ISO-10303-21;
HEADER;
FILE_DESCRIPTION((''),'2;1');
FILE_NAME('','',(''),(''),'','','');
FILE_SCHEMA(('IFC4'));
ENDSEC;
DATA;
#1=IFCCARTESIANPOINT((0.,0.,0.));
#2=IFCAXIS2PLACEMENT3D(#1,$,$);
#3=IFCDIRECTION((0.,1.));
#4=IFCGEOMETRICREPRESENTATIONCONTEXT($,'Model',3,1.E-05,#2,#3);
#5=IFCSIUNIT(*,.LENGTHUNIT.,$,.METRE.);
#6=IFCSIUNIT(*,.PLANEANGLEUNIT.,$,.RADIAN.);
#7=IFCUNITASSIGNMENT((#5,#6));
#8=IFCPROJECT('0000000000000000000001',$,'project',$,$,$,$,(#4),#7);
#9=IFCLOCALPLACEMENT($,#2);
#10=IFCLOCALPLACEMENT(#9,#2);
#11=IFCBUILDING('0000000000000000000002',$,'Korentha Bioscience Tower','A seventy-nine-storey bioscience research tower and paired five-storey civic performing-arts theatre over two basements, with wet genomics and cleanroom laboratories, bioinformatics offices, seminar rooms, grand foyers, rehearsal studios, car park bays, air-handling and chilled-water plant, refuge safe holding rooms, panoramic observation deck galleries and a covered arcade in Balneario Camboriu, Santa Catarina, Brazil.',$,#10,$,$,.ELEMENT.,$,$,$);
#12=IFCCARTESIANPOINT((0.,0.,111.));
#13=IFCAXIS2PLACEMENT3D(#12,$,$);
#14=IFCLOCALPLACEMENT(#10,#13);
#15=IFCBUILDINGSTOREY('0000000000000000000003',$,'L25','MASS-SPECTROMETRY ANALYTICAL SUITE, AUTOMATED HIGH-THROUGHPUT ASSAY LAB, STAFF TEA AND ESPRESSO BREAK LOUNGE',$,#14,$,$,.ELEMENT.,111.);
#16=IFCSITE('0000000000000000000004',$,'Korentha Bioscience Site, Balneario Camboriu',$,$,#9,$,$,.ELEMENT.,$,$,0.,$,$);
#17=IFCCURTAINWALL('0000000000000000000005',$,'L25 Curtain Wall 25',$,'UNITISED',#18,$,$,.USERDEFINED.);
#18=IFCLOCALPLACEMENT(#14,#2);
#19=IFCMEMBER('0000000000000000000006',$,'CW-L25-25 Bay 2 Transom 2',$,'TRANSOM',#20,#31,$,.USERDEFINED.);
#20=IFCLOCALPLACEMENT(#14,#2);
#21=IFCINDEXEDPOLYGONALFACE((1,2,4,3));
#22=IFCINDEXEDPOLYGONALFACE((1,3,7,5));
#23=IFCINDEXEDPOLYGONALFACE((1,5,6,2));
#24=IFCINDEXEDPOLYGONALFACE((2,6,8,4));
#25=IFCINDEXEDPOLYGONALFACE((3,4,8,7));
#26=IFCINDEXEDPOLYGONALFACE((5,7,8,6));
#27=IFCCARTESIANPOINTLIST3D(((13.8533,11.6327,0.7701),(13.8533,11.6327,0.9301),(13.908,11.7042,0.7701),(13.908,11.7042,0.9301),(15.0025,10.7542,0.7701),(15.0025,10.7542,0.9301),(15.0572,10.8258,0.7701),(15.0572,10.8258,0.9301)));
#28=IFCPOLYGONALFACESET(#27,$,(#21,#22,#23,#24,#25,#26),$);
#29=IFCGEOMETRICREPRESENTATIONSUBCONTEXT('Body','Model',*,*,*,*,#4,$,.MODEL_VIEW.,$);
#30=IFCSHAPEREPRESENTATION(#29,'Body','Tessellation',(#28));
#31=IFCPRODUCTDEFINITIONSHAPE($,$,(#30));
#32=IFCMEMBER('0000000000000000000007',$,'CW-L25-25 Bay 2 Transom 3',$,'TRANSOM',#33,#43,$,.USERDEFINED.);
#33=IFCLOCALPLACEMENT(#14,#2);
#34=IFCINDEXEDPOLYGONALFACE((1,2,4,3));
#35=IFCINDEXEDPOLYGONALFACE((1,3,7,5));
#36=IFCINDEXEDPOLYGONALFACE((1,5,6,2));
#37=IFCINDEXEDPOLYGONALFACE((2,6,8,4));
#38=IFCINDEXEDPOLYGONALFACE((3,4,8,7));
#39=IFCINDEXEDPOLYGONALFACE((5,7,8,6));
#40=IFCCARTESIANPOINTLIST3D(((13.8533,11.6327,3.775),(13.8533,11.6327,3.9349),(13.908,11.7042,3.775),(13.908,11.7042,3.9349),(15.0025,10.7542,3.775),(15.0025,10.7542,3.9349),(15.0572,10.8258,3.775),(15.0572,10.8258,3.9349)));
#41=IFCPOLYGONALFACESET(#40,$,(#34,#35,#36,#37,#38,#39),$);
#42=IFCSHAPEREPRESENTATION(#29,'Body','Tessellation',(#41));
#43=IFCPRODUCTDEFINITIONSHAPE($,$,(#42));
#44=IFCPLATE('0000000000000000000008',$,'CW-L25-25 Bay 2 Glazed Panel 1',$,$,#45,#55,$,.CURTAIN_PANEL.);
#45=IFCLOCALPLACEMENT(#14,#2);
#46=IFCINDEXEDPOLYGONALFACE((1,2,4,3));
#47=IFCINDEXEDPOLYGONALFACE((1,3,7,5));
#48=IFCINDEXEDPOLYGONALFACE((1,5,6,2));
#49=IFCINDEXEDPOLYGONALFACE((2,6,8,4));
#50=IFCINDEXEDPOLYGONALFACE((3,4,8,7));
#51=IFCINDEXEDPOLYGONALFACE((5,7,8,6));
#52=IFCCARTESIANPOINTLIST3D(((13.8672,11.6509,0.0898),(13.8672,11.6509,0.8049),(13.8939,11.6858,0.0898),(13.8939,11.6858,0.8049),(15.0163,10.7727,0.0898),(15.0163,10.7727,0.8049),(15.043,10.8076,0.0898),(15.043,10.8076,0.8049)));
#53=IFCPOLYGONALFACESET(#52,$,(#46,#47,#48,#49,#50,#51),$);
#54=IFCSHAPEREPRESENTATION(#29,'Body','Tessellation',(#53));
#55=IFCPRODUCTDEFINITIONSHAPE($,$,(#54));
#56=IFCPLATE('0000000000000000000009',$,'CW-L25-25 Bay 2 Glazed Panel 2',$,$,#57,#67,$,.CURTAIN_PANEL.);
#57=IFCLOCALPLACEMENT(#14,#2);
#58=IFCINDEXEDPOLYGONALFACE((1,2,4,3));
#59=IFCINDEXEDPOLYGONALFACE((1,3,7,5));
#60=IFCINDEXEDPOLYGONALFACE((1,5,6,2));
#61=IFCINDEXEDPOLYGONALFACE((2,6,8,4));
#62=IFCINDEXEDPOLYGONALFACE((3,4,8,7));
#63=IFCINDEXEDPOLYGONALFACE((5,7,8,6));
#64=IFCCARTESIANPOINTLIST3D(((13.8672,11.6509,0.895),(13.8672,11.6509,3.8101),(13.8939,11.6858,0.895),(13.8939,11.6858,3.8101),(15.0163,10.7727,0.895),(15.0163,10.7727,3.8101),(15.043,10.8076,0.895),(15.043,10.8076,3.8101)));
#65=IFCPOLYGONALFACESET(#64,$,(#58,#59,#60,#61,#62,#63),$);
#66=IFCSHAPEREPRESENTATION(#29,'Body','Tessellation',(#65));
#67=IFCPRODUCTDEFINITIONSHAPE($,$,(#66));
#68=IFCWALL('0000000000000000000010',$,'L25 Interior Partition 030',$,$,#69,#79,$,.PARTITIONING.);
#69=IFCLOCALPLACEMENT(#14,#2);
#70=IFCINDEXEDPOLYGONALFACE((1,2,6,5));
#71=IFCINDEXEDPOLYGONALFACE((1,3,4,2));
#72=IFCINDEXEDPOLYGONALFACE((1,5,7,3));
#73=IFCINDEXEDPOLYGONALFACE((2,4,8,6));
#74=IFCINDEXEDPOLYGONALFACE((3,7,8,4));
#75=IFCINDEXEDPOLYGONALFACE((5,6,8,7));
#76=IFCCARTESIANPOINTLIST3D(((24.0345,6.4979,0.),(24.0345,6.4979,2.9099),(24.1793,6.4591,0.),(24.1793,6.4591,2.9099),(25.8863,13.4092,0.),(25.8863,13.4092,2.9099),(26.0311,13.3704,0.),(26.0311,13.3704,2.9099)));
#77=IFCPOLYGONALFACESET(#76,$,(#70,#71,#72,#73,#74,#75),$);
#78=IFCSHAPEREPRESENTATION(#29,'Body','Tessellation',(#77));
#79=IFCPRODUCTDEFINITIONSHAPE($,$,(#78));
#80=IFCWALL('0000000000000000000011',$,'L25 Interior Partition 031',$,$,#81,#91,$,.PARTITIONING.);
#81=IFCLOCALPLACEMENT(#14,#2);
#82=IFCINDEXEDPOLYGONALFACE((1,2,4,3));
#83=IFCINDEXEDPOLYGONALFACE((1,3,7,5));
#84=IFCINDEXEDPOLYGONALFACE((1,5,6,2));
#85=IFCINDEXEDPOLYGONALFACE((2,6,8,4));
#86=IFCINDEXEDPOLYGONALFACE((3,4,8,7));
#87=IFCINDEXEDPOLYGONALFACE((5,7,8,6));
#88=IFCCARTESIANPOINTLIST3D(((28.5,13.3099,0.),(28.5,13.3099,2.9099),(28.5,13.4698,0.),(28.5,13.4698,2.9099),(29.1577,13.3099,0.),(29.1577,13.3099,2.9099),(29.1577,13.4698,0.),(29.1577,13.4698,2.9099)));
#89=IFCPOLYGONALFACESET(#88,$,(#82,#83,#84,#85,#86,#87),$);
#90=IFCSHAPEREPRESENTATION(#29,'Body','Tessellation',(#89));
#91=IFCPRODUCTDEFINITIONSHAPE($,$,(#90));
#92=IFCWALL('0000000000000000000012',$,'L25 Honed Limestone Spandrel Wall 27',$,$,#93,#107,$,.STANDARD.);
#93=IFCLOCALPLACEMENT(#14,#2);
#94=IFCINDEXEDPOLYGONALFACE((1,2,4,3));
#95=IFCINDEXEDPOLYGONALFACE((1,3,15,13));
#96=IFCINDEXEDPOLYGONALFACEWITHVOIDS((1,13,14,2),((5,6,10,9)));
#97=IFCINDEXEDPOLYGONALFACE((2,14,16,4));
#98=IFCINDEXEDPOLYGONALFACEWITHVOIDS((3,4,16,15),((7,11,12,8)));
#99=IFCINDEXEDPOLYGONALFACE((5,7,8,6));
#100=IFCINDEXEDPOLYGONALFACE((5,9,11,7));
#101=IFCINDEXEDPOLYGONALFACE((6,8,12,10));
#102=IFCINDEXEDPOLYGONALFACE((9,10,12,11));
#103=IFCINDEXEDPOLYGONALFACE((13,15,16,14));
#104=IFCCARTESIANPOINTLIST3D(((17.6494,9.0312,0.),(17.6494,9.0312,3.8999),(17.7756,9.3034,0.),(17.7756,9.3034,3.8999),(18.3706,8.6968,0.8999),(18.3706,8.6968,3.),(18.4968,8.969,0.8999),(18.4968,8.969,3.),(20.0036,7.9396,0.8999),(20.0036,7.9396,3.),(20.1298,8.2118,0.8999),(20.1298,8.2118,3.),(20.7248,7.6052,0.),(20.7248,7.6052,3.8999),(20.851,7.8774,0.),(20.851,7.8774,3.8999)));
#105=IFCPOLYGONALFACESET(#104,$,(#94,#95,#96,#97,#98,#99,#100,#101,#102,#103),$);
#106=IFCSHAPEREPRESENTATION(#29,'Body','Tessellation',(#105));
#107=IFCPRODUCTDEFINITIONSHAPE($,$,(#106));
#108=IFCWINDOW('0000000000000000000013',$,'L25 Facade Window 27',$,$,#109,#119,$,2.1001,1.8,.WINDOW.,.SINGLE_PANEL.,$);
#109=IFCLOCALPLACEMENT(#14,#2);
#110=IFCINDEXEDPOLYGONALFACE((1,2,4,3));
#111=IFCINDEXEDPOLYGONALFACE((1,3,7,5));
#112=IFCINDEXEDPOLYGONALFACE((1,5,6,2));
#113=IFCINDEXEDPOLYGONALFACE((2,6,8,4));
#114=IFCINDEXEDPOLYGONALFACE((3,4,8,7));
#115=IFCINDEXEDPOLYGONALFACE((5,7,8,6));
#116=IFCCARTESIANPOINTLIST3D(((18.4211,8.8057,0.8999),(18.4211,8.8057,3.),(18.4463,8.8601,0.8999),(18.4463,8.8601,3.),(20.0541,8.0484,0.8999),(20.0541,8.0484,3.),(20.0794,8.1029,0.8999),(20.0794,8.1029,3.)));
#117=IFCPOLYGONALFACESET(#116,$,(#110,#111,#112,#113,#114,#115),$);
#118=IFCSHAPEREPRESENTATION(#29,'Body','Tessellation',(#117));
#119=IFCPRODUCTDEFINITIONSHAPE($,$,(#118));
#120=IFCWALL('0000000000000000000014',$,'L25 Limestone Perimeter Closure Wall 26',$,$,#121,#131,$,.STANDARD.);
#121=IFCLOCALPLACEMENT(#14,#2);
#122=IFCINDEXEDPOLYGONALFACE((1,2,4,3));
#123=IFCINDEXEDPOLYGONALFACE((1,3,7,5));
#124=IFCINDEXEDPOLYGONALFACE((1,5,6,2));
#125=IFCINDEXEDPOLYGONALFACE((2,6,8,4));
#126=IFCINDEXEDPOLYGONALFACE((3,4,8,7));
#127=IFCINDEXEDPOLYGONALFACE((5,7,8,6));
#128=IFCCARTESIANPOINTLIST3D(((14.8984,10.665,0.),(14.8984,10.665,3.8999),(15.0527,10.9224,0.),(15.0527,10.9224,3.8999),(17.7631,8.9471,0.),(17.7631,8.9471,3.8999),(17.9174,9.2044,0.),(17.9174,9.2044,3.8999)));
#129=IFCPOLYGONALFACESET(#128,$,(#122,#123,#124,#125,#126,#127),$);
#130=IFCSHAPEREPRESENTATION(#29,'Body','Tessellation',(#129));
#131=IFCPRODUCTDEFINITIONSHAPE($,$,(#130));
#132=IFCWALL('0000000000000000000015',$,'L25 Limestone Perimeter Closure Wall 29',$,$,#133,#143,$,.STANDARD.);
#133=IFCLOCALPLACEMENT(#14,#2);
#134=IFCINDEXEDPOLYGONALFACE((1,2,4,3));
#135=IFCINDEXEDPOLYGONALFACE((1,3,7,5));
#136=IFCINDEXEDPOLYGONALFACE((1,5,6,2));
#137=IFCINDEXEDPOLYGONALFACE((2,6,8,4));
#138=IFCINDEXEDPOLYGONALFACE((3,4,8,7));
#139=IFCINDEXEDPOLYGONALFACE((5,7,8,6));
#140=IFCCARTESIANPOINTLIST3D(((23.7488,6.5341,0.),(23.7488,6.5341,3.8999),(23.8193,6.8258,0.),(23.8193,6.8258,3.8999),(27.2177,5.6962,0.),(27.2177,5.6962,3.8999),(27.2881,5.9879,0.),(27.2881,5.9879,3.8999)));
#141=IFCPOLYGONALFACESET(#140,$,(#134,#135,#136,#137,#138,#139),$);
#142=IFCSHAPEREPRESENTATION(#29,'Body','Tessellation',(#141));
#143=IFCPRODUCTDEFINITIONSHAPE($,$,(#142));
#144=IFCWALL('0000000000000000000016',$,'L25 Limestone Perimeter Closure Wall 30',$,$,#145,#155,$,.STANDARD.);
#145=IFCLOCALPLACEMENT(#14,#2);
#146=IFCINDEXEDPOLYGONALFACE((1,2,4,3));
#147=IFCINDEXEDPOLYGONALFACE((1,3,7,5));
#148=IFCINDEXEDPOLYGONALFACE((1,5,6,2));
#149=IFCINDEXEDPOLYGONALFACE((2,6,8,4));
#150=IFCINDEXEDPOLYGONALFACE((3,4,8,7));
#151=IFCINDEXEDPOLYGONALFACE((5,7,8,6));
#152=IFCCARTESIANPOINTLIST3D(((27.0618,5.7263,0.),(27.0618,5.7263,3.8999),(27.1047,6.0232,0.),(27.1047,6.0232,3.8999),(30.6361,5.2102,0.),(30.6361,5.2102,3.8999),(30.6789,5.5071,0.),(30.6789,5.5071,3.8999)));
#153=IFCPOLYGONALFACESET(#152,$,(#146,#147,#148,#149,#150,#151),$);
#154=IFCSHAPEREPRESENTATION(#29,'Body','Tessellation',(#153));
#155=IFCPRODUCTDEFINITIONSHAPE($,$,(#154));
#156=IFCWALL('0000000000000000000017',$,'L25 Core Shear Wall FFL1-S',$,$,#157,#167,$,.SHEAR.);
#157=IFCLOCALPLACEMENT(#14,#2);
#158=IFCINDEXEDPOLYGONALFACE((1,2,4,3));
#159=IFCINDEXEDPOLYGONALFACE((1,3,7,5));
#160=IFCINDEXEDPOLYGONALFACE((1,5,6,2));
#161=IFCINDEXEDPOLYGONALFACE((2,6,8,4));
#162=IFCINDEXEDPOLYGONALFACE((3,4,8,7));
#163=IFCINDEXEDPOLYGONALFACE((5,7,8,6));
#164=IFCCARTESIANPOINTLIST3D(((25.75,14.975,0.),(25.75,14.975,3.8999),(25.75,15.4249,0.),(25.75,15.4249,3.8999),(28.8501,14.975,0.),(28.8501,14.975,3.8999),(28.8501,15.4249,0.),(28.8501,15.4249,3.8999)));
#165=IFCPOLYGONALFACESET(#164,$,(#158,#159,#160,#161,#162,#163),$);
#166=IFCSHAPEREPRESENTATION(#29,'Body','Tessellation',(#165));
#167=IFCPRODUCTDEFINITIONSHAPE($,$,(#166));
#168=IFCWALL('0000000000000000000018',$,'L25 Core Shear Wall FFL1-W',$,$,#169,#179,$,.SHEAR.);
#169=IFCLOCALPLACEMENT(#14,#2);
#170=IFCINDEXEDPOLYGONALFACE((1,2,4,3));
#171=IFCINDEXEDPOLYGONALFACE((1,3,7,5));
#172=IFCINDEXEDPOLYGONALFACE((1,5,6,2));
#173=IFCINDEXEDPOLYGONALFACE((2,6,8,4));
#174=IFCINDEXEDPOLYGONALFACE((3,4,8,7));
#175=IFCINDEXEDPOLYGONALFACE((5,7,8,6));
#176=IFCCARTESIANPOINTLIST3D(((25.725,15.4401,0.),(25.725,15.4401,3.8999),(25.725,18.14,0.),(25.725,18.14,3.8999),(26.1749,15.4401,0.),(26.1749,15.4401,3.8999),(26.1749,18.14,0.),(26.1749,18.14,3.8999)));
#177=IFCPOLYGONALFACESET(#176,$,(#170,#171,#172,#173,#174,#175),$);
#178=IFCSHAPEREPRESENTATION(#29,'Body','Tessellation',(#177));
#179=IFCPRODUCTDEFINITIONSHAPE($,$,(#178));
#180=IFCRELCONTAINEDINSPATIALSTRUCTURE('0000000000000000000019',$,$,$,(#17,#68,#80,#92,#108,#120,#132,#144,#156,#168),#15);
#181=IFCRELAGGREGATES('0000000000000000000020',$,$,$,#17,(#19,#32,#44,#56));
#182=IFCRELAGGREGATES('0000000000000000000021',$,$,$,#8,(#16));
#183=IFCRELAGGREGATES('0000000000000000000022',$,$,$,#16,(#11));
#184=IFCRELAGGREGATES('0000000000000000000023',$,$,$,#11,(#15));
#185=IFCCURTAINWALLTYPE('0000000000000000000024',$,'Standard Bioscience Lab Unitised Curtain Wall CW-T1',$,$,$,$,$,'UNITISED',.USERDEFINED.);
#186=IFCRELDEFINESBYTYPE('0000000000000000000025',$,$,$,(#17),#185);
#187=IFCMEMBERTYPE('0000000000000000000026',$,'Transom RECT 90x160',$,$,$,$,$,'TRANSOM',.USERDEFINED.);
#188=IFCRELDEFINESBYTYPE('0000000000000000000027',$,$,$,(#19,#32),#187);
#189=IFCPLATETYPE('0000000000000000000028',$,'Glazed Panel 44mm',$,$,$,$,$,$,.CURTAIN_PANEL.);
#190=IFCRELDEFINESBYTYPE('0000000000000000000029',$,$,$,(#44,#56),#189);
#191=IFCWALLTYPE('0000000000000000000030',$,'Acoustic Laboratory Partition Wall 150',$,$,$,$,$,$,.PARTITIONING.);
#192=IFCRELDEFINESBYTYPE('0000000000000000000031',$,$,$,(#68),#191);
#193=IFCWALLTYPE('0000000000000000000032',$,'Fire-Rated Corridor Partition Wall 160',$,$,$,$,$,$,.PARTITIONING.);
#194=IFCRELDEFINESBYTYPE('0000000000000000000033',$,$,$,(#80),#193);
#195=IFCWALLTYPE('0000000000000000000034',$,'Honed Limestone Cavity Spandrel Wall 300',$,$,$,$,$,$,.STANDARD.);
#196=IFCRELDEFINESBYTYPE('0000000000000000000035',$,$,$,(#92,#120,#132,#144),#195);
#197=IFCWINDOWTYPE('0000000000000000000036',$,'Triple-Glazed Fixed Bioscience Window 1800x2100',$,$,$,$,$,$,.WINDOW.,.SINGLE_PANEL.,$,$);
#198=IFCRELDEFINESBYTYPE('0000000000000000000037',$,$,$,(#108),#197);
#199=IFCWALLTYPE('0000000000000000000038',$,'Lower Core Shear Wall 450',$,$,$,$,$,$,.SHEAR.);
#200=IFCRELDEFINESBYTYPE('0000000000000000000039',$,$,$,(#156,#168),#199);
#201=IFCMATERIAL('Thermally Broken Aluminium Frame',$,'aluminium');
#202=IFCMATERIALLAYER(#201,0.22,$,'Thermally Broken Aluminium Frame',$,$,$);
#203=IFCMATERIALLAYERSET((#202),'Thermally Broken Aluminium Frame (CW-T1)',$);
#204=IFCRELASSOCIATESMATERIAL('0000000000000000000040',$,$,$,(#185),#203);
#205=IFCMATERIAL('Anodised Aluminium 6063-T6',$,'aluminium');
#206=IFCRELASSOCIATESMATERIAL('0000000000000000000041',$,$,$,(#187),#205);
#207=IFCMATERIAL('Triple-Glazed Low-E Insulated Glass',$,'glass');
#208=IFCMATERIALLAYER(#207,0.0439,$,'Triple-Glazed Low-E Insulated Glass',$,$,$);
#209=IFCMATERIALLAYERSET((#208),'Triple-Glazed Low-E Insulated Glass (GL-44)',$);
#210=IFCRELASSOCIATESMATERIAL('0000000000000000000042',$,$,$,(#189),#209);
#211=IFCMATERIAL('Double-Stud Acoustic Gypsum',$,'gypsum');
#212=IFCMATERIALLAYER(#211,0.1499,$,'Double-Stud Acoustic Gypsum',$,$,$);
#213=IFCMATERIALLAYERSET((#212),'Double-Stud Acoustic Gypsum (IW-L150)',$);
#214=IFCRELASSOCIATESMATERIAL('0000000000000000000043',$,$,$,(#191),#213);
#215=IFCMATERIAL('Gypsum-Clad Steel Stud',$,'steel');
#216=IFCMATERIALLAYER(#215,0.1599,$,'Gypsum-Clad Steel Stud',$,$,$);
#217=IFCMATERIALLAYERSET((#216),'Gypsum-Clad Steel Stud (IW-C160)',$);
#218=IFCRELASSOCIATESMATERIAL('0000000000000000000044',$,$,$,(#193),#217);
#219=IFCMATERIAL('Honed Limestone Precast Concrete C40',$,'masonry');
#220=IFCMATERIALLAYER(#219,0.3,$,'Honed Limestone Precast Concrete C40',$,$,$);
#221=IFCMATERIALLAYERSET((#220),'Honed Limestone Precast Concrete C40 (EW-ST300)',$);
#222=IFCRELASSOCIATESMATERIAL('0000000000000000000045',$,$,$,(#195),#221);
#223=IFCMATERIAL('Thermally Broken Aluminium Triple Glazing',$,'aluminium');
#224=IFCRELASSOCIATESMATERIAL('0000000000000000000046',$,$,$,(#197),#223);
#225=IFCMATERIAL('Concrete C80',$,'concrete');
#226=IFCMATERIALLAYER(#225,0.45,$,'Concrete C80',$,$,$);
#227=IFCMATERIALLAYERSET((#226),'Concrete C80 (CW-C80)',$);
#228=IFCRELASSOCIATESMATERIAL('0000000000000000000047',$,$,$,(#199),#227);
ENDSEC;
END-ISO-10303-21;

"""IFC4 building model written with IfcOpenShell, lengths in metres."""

from ifc_helpers import new_model, si_unit, direction, frame, frame_2d, origin, origin_2d, place, context, subcontext, project, spatial, rectangle, extrude, material, layer, layer_set, material_profile, profile_set, type_object, element, fill, aggregate, save


model = new_model("IFC4")

# Units and contexts
model_context = context("Model", 3, precision=1e-05, world=origin(), true_north=direction((0.0, 1.0)))
body_context = subcontext(model_context, "Body", "Model", "MODEL_VIEW")
ifc_project = project(units=[si_unit("LENGTHUNIT", "METRE"), si_unit("PLANEANGLEUNIT", "RADIAN")], contexts=[model_context])

# Site, building, storey
site_placement = place(None, origin())
site = spatial("IfcSite", under=ifc_project, at=site_placement, Name="Korentha Bioscience Site, Balneario Camboriu", CompositionType="ELEMENT", RefElevation=0.0)
building_placement = place(site_placement, origin())
building = spatial("IfcBuilding", under=site, at=building_placement, Name="Korentha Bioscience Tower", Description="A seventy-nine-storey bioscience research tower and paired five-storey civic performing-arts theatre over two basements, with wet genomics and cleanroom laboratories, bioinformatics offices, seminar rooms, grand foyers, rehearsal studios, car park bays, air-handling and chilled-water plant, refuge safe holding rooms, panoramic observation deck galleries and a covered arcade in Balneario Camboriu, Santa Catarina, Brazil.", CompositionType="ELEMENT")
storey_placement = place(building_placement, frame((0.0, 0.0, 111.0)))
storey = spatial("IfcBuildingStorey", under=building, at=storey_placement, Name="L25", Description="MASS-SPECTROMETRY ANALYTICAL SUITE, AUTOMATED HIGH-THROUGHPUT ASSAY LAB, STAFF TEA AND ESPRESSO BREAK LOUNGE", CompositionType="ELEMENT", Elevation=111.0)

# Shared definitions
ifc_material_1 = material(Name="Concrete C80", Category="concrete")

# Curtain wall
ifc_material_2 = material(Name="Thermally Broken Aluminium Frame", Category="aluminium")
ifc_layer_1 = layer(ifc_material_2, 0.22, Name="Thermally Broken Aluminium Frame")
ifc_layer_set_1 = layer_set([ifc_layer_1], Name="Thermally Broken Aluminium Frame (CW-T1)")
curtain_wall_type = type_object("IfcCurtainWallType", Name="Standard Bioscience Lab Unitised Curtain Wall CW-T1", ElementType="UNITISED", PredefinedType="USERDEFINED", material=ifc_layer_set_1)
curtain_wall_placement = place(storey_placement, origin())
curtain_wall = element("IfcCurtainWall", 1, at=curtain_wall_placement, inside=storey, type_object=curtain_wall_type, Name="L25 Curtain Wall 25", ObjectType="UNITISED", PredefinedType="USERDEFINED")
ifc_material_3 = material(Name="Anodised Aluminium 6063-T6", Category="aluminium")

# Members
ifc_material_profile_1 = material_profile(ifc_material_3, rectangle(XDim=0.0901, YDim=0.1599, at=origin_2d()), Name="Anodised Aluminium 6063-T6")
ifc_profile_set_1 = profile_set([ifc_material_profile_1], Name="Anodised Aluminium 6063-T6 (CW-TRN)")
member_type_1 = type_object("IfcMemberType", Name="Transom RECT 90x160", ElementType="TRANSOM", PredefinedType="USERDEFINED", material=ifc_profile_set_1)
member_1_placement = place(storey_placement, frame((13.8806, 11.6685, 0.8501), z_axis=(0.794478, -0.607293, 0.0), x_axis=(0.607293, 0.794478, 0.0)))
member_1 = element("IfcMember", 2, at=member_1_placement, type_object=member_type_1, Name="CW-L25-25 Bay 2 Transom 2", ObjectType="TRANSOM", PredefinedType="USERDEFINED", context=body_context, shape_type="SweptSolid", body=[
    extrude(rectangle(XDim=0.0901, YDim=0.1599, at=origin_2d()), origin(), (0.0, 0.0, 1.0), 1.4465),
])
member_2_placement = place(storey_placement, frame((13.8806, 11.6685, 3.855), z_axis=(0.794478, -0.607293, 0.0), x_axis=(0.607293, 0.794478, 0.0)))
member_2 = element("IfcMember", 3, at=member_2_placement, type_object=member_type_1, Name="CW-L25-25 Bay 2 Transom 3", ObjectType="TRANSOM", PredefinedType="USERDEFINED", context=body_context, shape_type="SweptSolid", body=[
    extrude(rectangle(XDim=0.0901, YDim=0.1599, at=origin_2d()), origin(), (0.0, 0.0, 1.0), 1.4465),
])

# Plates
ifc_material_4 = material(Name="Triple-Glazed Low-E Insulated Glass", Category="glass")
ifc_layer_2 = layer(ifc_material_4, 0.0439, Name="Triple-Glazed Low-E Insulated Glass")
ifc_layer_set_2 = layer_set([ifc_layer_2], Name="Triple-Glazed Low-E Insulated Glass (GL-44)")
plate_type = type_object("IfcPlateType", Name="Glazed Panel 44mm", PredefinedType="CURTAIN_PANEL", material=ifc_layer_set_2)
plate_1_placement = place(storey_placement, frame((14.4551, 11.2292, 0.0898), z_axis=(0.0, 0.0, 1.0), x_axis=(0.7945, -0.607265, 0.0)))
plate_1 = element("IfcPlate", 4, at=plate_1_placement, type_object=plate_type, Name="CW-L25-25 Bay 2 Glazed Panel 1", PredefinedType="CURTAIN_PANEL", context=body_context, shape_type="SweptSolid", body=[
    extrude(rectangle(XDim=1.4463, YDim=0.0439, at=origin_2d()), origin(), (0.0, 0.0, 1.0), 0.7151),
])
plate_2_placement = place(storey_placement, frame((14.4551, 11.2292, 0.895), z_axis=(0.0, 0.0, 1.0), x_axis=(0.7945, -0.607265, 0.0)))
plate_2 = element("IfcPlate", 5, at=plate_2_placement, type_object=plate_type, Name="CW-L25-25 Bay 2 Glazed Panel 2", PredefinedType="CURTAIN_PANEL", context=body_context, shape_type="SweptSolid", body=[
    extrude(rectangle(XDim=1.4463, YDim=0.0439, at=origin_2d()), origin(), (0.0, 0.0, 1.0), 2.915),
])
aggregate(curtain_wall, [member_1, member_2, plate_1, plate_2])

# Shared definitions
ifc_material_5 = material(Name="Double-Stud Acoustic Gypsum", Category="gypsum")
ifc_layer_3 = layer(ifc_material_5, 0.1499, Name="Double-Stud Acoustic Gypsum")
ifc_layer_set_3 = layer_set([ifc_layer_3], Name="Double-Stud Acoustic Gypsum (IW-L150)")
wall_type_1 = type_object("IfcWallType", Name="Acoustic Laboratory Partition Wall 150", PredefinedType="PARTITIONING", material=ifc_layer_set_3)

# Wall
wall_1_placement = place(storey_placement, frame((25.9587, 13.3899, 0.0), z_axis=(0.0, 0.0, 1.0), x_axis=(-0.258816, -0.965927, 0.0)))
element("IfcWall", 6, at=wall_1_placement, inside=storey, type_object=wall_type_1, Name="L25 Interior Partition 030", PredefinedType="PARTITIONING", context=body_context, shape_type="SweptSolid", body=[
    extrude(rectangle(XDim=7.155, YDim=0.1499, at=frame_2d((3.5776, 0.0))), origin(), (0.0, 0.0, 1.0), 2.9099),
])

# Shared definitions
ifc_material_6 = material(Name="Gypsum-Clad Steel Stud", Category="steel")
ifc_layer_4 = layer(ifc_material_6, 0.1599, Name="Gypsum-Clad Steel Stud")
ifc_layer_set_4 = layer_set([ifc_layer_4], Name="Gypsum-Clad Steel Stud (IW-C160)")
wall_type_2 = type_object("IfcWallType", Name="Fire-Rated Corridor Partition Wall 160", PredefinedType="PARTITIONING", material=ifc_layer_set_4)

# Wall
wall_2_placement = place(storey_placement, frame((28.5, 13.3899, 0.0), z_axis=(0.0, 0.0, 1.0), x_axis=(1.0, 0.0, 0.0)))
element("IfcWall", 7, at=wall_2_placement, inside=storey, type_object=wall_type_2, Name="L25 Interior Partition 031", PredefinedType="PARTITIONING", context=body_context, shape_type="SweptSolid", body=[
    extrude(rectangle(XDim=0.6577, YDim=0.1599, at=frame_2d((0.3289, 0.0))), origin(), (0.0, 0.0, 1.0), 2.9099),
])

# Wall, opening, window
ifc_material_7 = material(Name="Honed Limestone Precast Concrete C40", Category="masonry")
ifc_layer_5 = layer(ifc_material_7, 0.3, Name="Honed Limestone Precast Concrete C40")
ifc_layer_set_5 = layer_set([ifc_layer_5], Name="Honed Limestone Precast Concrete C40 (EW-ST300)")
wall_type_3 = type_object("IfcWallType", Name="Honed Limestone Cavity Spandrel Wall 300", PredefinedType="STANDARD", material=ifc_layer_set_5)
wall_3_placement = place(storey_placement, frame((17.7126, 9.1672, 0.0), z_axis=(0.0, 0.0, 1.0), x_axis=(0.907218, -0.420661, 0.0)))
wall_3 = element("IfcWall", 8, at=wall_3_placement, inside=storey, type_object=wall_type_3, Name="L25 Honed Limestone Spandrel Wall 27", PredefinedType="STANDARD", context=body_context, shape_type="SweptSolid", body=[
    extrude(rectangle(XDim=3.3899, YDim=0.3, at=frame_2d((1.6948, 0.0))), origin(), (0.0, 0.0, 1.0), 3.8999),
])
opening_1_placement = place(wall_3_placement, frame((0.7949, 0.0, 0.8999)))
opening_1 = element("IfcOpeningElement", 9, at=opening_1_placement, cuts=wall_3, PredefinedType="OPENING", context=body_context, shape_type="SweptSolid", body=[
    extrude(rectangle(XDim=1.8, YDim=2.1001, at=frame_2d((0.8999, 1.05))), frame((0.0, 0.165, 0.0), z_axis=(0.0, -1.0, 0.0), x_axis=(1.0, 0.0, 0.0)), (0.0, 0.0, 1.0), 0.3298),
])
ifc_material_8 = material(Name="Thermally Broken Aluminium Triple Glazing", Category="aluminium")
window_type = type_object("IfcWindowType", Name="Triple-Glazed Fixed Bioscience Window 1800x2100", PartitioningType="SINGLE_PANEL", PredefinedType="WINDOW", material=ifc_material_8)
window_placement = place(opening_1_placement, origin())
window = element("IfcWindow", 10, at=window_placement, inside=storey, type_object=window_type, Name="L25 Facade Window 27", OverallHeight=2.1001, OverallWidth=1.8, PartitioningType="SINGLE_PANEL", PredefinedType="WINDOW", context=body_context, shape_type="SweptSolid", body=[
    extrude(rectangle(XDim=1.8, YDim=2.1001, at=frame_2d((0.8999, 1.05))), frame((0.0, 0.03, 0.0), z_axis=(0.0, -1.0, 0.0), x_axis=(1.0, 0.0, 0.0)), (0.0, 0.0, 1.0), 0.0601),
])
fill(opening_1, window)

# Walls
wall_4_placement = place(storey_placement, frame((14.9756, 10.7937, 0.0), z_axis=(0.0, 0.0, 1.0), x_axis=(0.857603, -0.514313, 0.0)))
element("IfcWall", 11, at=wall_4_placement, inside=storey, type_object=wall_type_3, Name="L25 Limestone Perimeter Closure Wall 26", PredefinedType="STANDARD", context=body_context, shape_type="SweptSolid", body=[
    extrude(rectangle(XDim=3.3403, YDim=0.3, at=frame_2d((1.6702, 0.0))), origin(), (0.0, 0.0, 1.0), 3.8999),
])
wall_5_placement = place(storey_placement, frame((23.7842, 6.6799, 0.0), z_axis=(0.0, 0.0, 1.0), x_axis=(0.972043, -0.234801, 0.0)))
element("IfcWall", 12, at=wall_5_placement, inside=storey, type_object=wall_type_3, Name="L25 Limestone Perimeter Closure Wall 29", PredefinedType="STANDARD", context=body_context, shape_type="SweptSolid", body=[
    extrude(rectangle(XDim=3.5686, YDim=0.3, at=frame_2d((1.7842, 0.0))), origin(), (0.0, 0.0, 1.0), 3.8999),
])
wall_6_placement = place(storey_placement, frame((27.0833, 5.8748, 0.0), z_axis=(0.0, 0.0, 1.0), x_axis=(0.989735, -0.142917, 0.0)))
element("IfcWall", 13, at=wall_6_placement, inside=storey, type_object=wall_type_3, Name="L25 Limestone Perimeter Closure Wall 30", PredefinedType="STANDARD", context=body_context, shape_type="SweptSolid", body=[
    extrude(rectangle(XDim=3.6113, YDim=0.3, at=frame_2d((1.8057, 0.0))), origin(), (0.0, 0.0, 1.0), 3.8999),
])
ifc_layer_6 = layer(ifc_material_1, 0.45, Name="Concrete C80")
ifc_layer_set_6 = layer_set([ifc_layer_6], Name="Concrete C80 (CW-C80)")
wall_type_4 = type_object("IfcWallType", Name="Lower Core Shear Wall 450", PredefinedType="SHEAR", material=ifc_layer_set_6)
wall_7_placement = place(storey_placement, frame((25.75, 15.2, 0.0), z_axis=(0.0, 0.0, 1.0), x_axis=(1.0, 0.0, 0.0)))
element("IfcWall", 14, at=wall_7_placement, inside=storey, type_object=wall_type_4, Name="L25 Core Shear Wall FFL1-S", PredefinedType="SHEAR", context=body_context, shape_type="SweptSolid", body=[
    extrude(rectangle(XDim=3.1001, YDim=0.45, at=frame_2d((1.55, 0.0))), origin(), (0.0, 0.0, 1.0), 3.8999),
])
for number, where, z_axis, x_axis, name in (
    (15, (25.95, 15.4399, 0.0), (0.0, 0.0, 1.0), (0.0, 1.0, 0.0), "L25 Core Shear Wall FFL1-W"),
):
    element("IfcWall", number, at=place(storey_placement, frame(where, z_axis=z_axis, x_axis=x_axis)), inside=storey, type_object=wall_type_4, Name=name, PredefinedType="SHEAR", context=body_context, shape_type="SweptSolid", body=[
        extrude(rectangle(XDim=2.7, YDim=0.45, at=frame_2d((1.3501, 0.0))), origin(), (0.0, 0.0, 1.0), 3.8999),
    ])

save(model, "model.ifc")
